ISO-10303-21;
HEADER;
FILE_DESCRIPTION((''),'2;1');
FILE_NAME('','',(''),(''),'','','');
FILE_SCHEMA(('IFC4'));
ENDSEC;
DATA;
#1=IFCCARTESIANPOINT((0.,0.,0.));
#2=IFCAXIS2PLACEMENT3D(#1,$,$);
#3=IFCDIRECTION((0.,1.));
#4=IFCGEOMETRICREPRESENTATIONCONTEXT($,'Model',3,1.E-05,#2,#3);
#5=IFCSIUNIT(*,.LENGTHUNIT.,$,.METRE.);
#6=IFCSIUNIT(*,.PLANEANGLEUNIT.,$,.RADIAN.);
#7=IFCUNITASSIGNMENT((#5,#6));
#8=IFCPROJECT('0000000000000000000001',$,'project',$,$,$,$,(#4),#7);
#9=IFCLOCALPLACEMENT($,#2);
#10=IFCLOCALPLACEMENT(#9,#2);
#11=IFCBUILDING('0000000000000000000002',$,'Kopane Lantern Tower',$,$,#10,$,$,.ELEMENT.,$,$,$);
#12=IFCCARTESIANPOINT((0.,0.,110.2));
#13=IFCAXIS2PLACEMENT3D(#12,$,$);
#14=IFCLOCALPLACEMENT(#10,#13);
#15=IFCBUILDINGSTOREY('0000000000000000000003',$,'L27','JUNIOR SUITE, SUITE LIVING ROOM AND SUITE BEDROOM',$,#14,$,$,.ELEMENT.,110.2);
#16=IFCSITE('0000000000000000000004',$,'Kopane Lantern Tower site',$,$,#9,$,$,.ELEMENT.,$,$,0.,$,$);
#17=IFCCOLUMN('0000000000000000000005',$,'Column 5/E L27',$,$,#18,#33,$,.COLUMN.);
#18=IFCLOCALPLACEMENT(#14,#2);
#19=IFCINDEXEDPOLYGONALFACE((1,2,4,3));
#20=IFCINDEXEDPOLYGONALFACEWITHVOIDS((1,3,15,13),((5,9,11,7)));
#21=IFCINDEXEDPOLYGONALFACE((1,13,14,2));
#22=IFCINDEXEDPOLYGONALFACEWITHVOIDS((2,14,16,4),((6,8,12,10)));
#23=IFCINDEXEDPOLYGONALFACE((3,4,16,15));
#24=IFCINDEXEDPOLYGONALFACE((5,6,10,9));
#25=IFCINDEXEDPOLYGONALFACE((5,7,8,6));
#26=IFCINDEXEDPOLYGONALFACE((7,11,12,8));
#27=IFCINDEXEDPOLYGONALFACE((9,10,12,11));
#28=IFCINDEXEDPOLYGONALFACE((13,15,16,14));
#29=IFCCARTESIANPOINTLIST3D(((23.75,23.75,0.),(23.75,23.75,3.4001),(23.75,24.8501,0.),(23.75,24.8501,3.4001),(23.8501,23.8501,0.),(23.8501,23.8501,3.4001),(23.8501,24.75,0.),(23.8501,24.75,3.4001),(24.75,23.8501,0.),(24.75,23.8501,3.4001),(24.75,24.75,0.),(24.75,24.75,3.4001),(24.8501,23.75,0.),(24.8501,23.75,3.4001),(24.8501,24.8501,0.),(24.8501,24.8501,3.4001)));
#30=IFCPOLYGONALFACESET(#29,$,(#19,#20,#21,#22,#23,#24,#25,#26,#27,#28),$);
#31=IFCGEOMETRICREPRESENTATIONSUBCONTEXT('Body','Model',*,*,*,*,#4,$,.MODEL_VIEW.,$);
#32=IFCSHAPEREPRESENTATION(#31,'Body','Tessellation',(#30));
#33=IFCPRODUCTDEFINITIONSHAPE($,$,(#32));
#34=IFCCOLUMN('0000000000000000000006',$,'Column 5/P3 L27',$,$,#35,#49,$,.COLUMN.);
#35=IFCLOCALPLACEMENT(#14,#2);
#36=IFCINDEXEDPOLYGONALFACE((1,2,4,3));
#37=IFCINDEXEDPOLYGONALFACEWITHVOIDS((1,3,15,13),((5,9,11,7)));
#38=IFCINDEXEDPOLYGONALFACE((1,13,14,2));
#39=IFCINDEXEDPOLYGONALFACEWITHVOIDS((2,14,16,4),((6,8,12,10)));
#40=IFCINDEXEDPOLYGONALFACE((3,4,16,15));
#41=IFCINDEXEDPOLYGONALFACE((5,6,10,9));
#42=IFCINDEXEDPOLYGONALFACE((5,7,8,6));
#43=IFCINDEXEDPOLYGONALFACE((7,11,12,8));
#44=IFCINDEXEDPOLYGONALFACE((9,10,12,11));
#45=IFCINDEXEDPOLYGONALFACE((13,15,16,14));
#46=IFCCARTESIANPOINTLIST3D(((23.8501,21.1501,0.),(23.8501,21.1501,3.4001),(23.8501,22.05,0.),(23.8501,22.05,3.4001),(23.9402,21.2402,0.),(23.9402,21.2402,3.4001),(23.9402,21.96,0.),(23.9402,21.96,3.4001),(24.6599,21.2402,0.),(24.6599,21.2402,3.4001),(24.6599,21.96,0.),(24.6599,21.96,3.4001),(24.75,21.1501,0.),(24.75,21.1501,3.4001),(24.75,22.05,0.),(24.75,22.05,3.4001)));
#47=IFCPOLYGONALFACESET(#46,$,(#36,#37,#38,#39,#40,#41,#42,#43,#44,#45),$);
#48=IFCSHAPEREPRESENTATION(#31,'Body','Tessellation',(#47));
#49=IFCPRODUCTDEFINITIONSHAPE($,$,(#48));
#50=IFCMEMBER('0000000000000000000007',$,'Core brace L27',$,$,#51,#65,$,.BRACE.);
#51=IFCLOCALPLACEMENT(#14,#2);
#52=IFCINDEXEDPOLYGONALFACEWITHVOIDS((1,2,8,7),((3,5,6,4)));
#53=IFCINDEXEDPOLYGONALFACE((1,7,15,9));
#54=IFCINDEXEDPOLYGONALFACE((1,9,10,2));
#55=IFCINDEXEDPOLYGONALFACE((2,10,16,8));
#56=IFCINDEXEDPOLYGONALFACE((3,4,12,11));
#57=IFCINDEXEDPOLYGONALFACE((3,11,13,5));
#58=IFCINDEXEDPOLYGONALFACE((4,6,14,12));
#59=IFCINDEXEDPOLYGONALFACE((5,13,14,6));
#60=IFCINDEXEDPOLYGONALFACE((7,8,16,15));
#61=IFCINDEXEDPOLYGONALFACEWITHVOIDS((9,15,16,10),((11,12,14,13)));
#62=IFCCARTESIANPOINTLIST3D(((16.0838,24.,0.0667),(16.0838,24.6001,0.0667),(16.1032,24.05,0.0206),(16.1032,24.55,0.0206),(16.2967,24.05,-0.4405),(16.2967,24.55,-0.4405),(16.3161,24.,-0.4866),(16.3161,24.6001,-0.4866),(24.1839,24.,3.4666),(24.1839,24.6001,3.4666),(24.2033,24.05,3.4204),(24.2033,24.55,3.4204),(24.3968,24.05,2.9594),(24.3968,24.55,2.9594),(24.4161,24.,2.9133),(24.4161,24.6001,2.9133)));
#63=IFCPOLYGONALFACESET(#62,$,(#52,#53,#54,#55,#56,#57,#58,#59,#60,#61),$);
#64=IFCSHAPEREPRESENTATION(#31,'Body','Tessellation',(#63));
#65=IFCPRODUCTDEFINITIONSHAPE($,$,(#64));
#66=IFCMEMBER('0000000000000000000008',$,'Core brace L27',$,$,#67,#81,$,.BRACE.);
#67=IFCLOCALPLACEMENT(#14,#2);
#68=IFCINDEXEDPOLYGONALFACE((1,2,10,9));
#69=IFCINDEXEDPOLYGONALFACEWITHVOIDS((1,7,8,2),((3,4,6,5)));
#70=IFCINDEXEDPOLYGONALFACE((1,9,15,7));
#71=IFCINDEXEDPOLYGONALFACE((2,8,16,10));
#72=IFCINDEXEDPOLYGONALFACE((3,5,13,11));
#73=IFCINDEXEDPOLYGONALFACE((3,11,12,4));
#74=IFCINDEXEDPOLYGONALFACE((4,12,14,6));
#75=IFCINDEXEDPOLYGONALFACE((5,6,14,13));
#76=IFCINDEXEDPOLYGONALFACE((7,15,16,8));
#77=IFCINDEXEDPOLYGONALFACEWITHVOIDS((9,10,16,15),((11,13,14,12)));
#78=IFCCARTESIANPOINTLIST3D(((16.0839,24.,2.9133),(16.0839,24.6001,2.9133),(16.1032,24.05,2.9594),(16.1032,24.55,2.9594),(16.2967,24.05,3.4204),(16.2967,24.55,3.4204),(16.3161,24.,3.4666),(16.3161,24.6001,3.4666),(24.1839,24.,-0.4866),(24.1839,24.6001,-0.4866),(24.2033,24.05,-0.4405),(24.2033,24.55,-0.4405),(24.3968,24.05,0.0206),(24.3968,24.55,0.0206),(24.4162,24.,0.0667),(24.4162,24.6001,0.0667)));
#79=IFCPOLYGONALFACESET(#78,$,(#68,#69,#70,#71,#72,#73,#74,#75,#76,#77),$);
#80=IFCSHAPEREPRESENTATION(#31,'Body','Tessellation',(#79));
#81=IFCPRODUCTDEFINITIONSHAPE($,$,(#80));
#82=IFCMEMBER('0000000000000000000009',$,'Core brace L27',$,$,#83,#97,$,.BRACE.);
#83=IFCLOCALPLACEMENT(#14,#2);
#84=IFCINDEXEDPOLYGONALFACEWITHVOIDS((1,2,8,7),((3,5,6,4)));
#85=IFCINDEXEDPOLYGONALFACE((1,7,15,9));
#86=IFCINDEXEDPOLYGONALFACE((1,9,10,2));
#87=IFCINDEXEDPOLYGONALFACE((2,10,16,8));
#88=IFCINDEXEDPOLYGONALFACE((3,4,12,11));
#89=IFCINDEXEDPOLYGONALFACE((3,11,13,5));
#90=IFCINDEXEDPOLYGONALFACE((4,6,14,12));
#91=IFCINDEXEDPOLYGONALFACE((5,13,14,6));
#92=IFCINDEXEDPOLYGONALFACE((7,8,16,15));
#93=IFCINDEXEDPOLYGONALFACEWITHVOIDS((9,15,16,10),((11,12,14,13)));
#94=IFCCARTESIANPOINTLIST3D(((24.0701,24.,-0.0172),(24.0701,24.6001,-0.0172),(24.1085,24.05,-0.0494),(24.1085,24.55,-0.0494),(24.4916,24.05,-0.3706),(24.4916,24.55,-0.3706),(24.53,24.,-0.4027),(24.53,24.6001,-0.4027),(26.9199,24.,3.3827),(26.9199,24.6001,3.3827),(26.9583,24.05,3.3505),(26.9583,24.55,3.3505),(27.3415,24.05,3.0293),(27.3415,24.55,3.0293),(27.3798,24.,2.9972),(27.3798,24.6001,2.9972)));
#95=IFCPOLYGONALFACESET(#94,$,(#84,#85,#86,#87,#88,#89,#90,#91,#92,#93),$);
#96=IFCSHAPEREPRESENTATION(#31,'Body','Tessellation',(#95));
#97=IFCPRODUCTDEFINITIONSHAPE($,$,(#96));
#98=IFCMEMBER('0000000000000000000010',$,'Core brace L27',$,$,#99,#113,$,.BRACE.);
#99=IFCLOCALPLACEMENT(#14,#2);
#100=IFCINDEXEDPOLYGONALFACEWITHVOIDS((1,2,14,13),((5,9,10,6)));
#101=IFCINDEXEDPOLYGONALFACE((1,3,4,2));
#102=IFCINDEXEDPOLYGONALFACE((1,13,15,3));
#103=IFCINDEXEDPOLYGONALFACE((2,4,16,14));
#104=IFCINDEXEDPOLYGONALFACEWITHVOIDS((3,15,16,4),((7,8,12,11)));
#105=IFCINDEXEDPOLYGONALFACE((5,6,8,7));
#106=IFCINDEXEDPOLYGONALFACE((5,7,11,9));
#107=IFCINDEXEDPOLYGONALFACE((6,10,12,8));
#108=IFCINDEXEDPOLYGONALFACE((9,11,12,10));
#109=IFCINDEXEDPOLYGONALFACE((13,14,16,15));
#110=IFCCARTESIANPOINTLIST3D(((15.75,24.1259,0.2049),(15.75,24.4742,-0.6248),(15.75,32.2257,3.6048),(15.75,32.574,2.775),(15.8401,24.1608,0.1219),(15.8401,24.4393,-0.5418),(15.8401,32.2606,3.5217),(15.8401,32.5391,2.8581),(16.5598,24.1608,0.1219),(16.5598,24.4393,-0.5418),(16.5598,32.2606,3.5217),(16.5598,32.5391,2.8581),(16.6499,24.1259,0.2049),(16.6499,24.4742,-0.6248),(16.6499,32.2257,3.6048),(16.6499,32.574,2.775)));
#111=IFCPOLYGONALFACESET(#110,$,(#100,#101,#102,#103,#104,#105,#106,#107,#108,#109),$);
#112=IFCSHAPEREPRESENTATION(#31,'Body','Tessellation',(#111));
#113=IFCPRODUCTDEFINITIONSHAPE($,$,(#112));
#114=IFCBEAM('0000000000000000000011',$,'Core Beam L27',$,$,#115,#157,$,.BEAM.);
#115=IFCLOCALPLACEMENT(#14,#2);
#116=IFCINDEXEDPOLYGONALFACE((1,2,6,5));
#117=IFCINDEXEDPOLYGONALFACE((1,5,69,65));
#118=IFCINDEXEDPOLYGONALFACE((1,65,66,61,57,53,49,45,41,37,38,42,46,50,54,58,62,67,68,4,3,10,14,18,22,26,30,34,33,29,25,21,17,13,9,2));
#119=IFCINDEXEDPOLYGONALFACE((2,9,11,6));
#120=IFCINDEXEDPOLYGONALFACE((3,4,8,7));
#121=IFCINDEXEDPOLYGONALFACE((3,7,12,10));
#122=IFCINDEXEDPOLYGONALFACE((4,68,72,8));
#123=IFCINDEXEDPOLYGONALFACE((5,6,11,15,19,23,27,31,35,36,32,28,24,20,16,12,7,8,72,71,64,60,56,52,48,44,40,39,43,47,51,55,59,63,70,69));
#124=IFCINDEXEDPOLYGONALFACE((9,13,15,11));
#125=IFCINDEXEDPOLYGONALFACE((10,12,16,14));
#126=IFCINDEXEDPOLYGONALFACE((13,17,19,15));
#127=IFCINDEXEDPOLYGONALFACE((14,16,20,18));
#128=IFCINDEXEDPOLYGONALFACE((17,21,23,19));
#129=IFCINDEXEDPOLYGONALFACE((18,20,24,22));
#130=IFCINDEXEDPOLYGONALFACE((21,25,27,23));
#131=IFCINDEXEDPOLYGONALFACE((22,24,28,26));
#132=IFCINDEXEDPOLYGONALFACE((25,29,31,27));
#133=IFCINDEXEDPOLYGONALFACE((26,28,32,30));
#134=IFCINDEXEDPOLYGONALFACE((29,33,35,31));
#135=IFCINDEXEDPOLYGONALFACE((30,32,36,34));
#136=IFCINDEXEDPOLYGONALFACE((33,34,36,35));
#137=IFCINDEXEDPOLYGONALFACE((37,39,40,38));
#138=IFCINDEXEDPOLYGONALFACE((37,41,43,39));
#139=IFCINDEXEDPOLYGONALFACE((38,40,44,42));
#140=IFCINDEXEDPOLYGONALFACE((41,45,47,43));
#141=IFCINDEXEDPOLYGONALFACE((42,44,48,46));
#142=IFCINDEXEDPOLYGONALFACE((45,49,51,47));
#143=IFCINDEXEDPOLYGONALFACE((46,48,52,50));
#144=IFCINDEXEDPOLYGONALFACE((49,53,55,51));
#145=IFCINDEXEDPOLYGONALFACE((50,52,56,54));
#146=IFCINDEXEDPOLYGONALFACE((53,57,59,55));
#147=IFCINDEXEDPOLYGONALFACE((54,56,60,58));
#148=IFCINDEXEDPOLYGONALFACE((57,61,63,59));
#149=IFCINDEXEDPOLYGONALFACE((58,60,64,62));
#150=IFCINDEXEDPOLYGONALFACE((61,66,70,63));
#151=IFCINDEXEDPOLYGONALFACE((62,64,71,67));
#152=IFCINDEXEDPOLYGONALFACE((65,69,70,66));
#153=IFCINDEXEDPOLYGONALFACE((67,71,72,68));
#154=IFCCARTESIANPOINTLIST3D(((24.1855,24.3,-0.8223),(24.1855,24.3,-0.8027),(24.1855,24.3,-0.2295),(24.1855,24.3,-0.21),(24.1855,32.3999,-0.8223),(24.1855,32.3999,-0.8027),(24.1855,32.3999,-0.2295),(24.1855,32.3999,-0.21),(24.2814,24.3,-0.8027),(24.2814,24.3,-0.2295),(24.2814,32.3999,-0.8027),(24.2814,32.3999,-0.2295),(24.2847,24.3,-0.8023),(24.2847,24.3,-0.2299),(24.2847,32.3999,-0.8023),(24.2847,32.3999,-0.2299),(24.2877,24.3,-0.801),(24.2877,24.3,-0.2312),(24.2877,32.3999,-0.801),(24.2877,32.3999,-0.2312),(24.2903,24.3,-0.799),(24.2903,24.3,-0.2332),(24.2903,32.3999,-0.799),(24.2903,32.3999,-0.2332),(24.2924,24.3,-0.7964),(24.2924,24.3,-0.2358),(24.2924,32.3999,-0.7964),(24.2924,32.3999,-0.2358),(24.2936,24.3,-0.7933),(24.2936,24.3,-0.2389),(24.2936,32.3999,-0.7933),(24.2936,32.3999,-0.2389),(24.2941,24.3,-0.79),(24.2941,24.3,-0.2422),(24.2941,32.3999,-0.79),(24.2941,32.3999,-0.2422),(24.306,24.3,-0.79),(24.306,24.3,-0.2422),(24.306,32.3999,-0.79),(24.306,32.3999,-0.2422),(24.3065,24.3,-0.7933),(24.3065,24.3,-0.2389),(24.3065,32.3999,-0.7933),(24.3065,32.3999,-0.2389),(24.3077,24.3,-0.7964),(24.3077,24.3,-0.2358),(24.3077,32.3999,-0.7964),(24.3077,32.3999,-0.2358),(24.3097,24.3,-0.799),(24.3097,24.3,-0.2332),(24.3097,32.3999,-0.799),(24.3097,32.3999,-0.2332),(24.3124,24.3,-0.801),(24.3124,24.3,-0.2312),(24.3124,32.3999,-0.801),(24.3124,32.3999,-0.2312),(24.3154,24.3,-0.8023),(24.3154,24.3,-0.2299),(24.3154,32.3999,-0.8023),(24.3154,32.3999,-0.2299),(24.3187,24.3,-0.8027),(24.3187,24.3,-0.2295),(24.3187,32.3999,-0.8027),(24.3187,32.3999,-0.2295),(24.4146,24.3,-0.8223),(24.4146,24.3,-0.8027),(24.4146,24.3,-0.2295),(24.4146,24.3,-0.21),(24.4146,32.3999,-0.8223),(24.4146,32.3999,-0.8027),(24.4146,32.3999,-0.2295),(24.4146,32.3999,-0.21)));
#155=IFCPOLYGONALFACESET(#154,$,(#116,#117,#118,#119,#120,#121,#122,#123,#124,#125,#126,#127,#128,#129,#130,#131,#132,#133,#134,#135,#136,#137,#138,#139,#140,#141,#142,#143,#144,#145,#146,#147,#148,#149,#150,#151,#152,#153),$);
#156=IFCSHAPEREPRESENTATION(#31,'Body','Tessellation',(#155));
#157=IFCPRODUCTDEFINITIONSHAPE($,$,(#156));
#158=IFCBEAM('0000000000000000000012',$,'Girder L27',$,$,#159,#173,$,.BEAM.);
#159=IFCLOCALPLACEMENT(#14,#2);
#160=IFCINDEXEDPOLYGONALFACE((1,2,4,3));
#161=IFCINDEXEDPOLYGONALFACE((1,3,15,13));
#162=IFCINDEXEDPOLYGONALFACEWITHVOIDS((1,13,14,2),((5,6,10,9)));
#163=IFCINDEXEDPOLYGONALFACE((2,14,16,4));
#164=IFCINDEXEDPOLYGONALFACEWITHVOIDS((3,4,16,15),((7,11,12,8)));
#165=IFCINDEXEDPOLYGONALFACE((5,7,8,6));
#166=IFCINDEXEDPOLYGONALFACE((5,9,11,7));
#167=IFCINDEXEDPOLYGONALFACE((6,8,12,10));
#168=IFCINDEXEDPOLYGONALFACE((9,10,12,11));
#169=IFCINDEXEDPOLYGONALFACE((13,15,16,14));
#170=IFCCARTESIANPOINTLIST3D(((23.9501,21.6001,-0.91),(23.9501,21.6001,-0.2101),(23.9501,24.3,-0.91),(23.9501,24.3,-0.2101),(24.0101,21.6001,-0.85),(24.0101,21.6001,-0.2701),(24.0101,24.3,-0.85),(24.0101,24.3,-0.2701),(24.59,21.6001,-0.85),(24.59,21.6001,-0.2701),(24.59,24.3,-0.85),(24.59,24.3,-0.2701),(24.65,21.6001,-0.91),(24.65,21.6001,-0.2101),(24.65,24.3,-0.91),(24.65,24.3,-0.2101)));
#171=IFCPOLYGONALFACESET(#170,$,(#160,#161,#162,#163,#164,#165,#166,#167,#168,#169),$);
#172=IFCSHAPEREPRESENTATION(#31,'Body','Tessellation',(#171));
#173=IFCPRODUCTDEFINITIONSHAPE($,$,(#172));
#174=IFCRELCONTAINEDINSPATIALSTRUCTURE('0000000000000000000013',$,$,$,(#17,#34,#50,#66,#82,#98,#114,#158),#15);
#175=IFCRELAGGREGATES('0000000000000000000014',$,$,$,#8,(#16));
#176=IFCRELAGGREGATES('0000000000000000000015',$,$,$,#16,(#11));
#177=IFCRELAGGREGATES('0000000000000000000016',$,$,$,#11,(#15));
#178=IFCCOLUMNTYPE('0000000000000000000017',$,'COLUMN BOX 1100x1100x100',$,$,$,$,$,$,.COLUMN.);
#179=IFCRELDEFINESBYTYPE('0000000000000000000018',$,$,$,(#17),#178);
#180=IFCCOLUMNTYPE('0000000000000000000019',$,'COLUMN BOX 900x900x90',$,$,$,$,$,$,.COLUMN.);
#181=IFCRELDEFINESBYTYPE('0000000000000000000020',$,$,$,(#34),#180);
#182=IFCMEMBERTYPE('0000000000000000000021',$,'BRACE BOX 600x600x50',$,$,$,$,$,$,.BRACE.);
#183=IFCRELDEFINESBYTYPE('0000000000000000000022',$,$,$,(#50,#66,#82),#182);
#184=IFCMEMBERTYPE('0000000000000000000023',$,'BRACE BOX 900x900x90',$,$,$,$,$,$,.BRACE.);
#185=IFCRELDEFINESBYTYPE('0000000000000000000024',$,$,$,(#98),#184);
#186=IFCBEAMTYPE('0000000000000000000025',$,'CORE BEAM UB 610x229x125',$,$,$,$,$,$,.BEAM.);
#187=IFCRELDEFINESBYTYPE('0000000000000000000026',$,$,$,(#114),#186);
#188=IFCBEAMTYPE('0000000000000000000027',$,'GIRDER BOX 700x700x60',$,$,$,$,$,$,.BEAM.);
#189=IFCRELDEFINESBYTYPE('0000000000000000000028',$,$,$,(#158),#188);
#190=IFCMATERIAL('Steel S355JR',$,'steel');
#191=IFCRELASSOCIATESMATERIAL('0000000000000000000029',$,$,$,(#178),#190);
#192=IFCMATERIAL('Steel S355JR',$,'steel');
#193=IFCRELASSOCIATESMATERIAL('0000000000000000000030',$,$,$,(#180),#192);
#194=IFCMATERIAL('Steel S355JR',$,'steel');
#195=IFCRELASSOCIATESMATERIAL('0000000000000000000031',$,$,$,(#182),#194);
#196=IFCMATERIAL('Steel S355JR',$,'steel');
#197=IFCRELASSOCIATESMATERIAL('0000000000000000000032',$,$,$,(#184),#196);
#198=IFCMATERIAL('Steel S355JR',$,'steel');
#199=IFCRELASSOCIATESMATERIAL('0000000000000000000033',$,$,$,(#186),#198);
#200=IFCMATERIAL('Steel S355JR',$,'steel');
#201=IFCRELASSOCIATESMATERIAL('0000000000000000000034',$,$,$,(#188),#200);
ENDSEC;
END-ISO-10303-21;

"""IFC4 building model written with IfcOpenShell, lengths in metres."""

from ifc_helpers import new_model, si_unit, direction, frame, origin, origin_2d, place, context, subcontext, project, spatial, hollow_rectangle, i_section, extrude, material, material_profile, profile_set, type_object, element, save


model = new_model("IFC4")

# Units and contexts
model_context = context("Model", 3, precision=1e-05, world=origin(), true_north=direction((0.0, 1.0)))
body_context = subcontext(model_context, "Body", "Model", "MODEL_VIEW")
ifc_project = project(units=[si_unit("LENGTHUNIT", "METRE"), si_unit("PLANEANGLEUNIT", "RADIAN")], contexts=[model_context])

# Site, building, storey
site_placement = place(None, origin())
site = spatial("IfcSite", under=ifc_project, at=site_placement, Name="Kopane Lantern Tower site", CompositionType="ELEMENT", RefElevation=0.0)
building_placement = place(site_placement, origin())
building = spatial("IfcBuilding", under=site, at=building_placement, Name="Kopane Lantern Tower", CompositionType="ELEMENT")
storey_placement = place(building_placement, frame((0.0, 0.0, 110.2)))
storey = spatial("IfcBuildingStorey", under=building, at=storey_placement, Name="L27", Description="JUNIOR SUITE, SUITE LIVING ROOM AND SUITE BEDROOM", CompositionType="ELEMENT", Elevation=110.2)

# Columns
ifc_material_1 = material(Name="Steel S355JR", Category="steel")
ifc_material_profile_1 = material_profile(ifc_material_1, hollow_rectangle(XDim=1.1001, YDim=1.1001, WallThickness=0.1001, at=origin_2d()), Name="BOX 1100x1100x100")
ifc_profile_set_1 = profile_set([ifc_material_profile_1], Name="Steel S355JR")
column_type_1 = type_object("IfcColumnType", Name="COLUMN BOX 1100x1100x100", PredefinedType="COLUMN", material=ifc_profile_set_1)
column_1_placement = place(storey_placement, frame((24.3, 24.3, 0.0), z_axis=(0.0, 0.0, 1.0), x_axis=(1.0, 0.0, 0.0)))
element("IfcColumn", 1, at=column_1_placement, inside=storey, type_object=column_type_1, Name="Column 5/E L27", PredefinedType="COLUMN", context=body_context, shape_type="SweptSolid", body=[
    extrude(hollow_rectangle(XDim=1.1001, YDim=1.1001, WallThickness=0.1001, at=origin_2d()), origin(), (0.0, 0.0, 1.0), 3.4001),
])
ifc_material_2 = material(Name="Steel S355JR", Category="steel")
ifc_material_profile_2 = material_profile(ifc_material_2, hollow_rectangle(XDim=0.8999, YDim=0.8999, WallThickness=0.0901, at=origin_2d()), Name="BOX 900x900x90")
ifc_profile_set_2 = profile_set([ifc_material_profile_2], Name="Steel S355JR")
column_type_2 = type_object("IfcColumnType", Name="COLUMN BOX 900x900x90", PredefinedType="COLUMN", material=ifc_profile_set_2)
column_2_placement = place(storey_placement, frame((24.3, 21.6001, 0.0), z_axis=(0.0, 0.0, 1.0), x_axis=(1.0, 0.0, 0.0)))
element("IfcColumn", 2, at=column_2_placement, inside=storey, type_object=column_type_2, Name="Column 5/P3 L27", PredefinedType="COLUMN", context=body_context, shape_type="SweptSolid", body=[
    extrude(hollow_rectangle(XDim=0.8999, YDim=0.8999, WallThickness=0.0901, at=origin_2d()), origin(), (0.0, 0.0, 1.0), 3.4001),
])

# Members
ifc_material_3 = material(Name="Steel S355JR", Category="steel")
ifc_material_profile_3 = material_profile(ifc_material_3, hollow_rectangle(XDim=0.6001, YDim=0.6001, WallThickness=0.05, at=origin_2d()), Name="BOX 600x600x50")
ifc_profile_set_3 = profile_set([ifc_material_profile_3], Name="Steel S355JR")
member_type_1 = type_object("IfcMemberType", Name="BRACE BOX 600x600x50", PredefinedType="BRACE", material=ifc_profile_set_3)
for number, where, z_axis, x_axis, name in (
    (3, (16.2, 24.3, -0.21), (0.922069, 0.0, 0.387026), (0.0, 1.0, 0.0), "Core brace L27"),
    (4, (24.3, 24.3, -0.21), (-0.922069, 0.0, 0.387026), (0.0, -1.0, 0.0), "Core brace L27"),
):
    element("IfcMember", number, at=place(storey_placement, frame(where, z_axis=z_axis, x_axis=x_axis)), inside=storey, type_object=member_type_1, Name=name, PredefinedType="BRACE", context=body_context, shape_type="SweptSolid", body=[
        extrude(hollow_rectangle(XDim=0.6001, YDim=0.6001, WallThickness=0.05, at=origin_2d()), origin(), (0.0, 0.0, 1.0), 8.7847),
    ])
member_1_placement = place(storey_placement, frame((24.3, 24.3, -0.21), z_axis=(0.64239, 0.0, 0.766378), x_axis=(0.0, 1.0, 0.0)))
element("IfcMember", 5, at=member_1_placement, inside=storey, type_object=member_type_1, Name="Core brace L27", PredefinedType="BRACE", context=body_context, shape_type="SweptSolid", body=[
    extrude(hollow_rectangle(XDim=0.6001, YDim=0.6001, WallThickness=0.05, at=origin_2d()), origin(), (0.0, 0.0, 1.0), 4.4363),
])
ifc_material_4 = material(Name="Steel S355JR", Category="steel")
ifc_material_profile_4 = material_profile(ifc_material_4, hollow_rectangle(XDim=0.8999, YDim=0.8999, WallThickness=0.0901, at=origin_2d()), Name="BOX 900x900x90")
ifc_profile_set_4 = profile_set([ifc_material_profile_4], Name="Steel S355JR")
member_type_2 = type_object("IfcMemberType", Name="BRACE BOX 900x900x90", PredefinedType="BRACE", material=ifc_profile_set_4)
member_2_placement = place(storey_placement, frame((16.2, 24.3, -0.21), z_axis=(0.0, 0.922065, 0.387035), x_axis=(-1.0, 0.0, 0.0)))
element("IfcMember", 6, at=member_2_placement, inside=storey, type_object=member_type_2, Name="Core brace L27", PredefinedType="BRACE", context=body_context, shape_type="SweptSolid", body=[
    extrude(hollow_rectangle(XDim=0.8999, YDim=0.8999, WallThickness=0.0901, at=origin_2d()), origin(), (0.0, 0.0, 1.0), 8.7844),
])

# Beams
ifc_material_5 = material(Name="Steel S355JR", Category="steel")
ifc_material_profile_5 = material_profile(ifc_material_5, i_section(OverallWidth=0.229, OverallDepth=0.6123, WebThickness=0.012, FlangeThickness=0.0195, FilletRadius=0.0127, at=origin_2d()), Name="UB 610x229x125")
ifc_profile_set_5 = profile_set([ifc_material_profile_5], Name="Steel S355JR")
beam_type_1 = type_object("IfcBeamType", Name="CORE BEAM UB 610x229x125", PredefinedType="BEAM", material=ifc_profile_set_5)
beam_1_placement = place(storey_placement, frame((24.3, 24.3, -0.5161), z_axis=(0.0, 1.0, 0.0), x_axis=(-1.0, 0.0, 0.0)))
element("IfcBeam", 7, at=beam_1_placement, inside=storey, type_object=beam_type_1, Name="Core Beam L27", PredefinedType="BEAM", context=body_context, shape_type="SweptSolid", body=[
    extrude(i_section(OverallWidth=0.229, OverallDepth=0.6123, WebThickness=0.012, FlangeThickness=0.0195, FilletRadius=0.0127, at=origin_2d()), origin(), (0.0, 0.0, 1.0), 8.0999),
])
ifc_material_6 = material(Name="Steel S355JR", Category="steel")
ifc_material_profile_6 = material_profile(ifc_material_6, hollow_rectangle(XDim=0.7, YDim=0.7, WallThickness=0.0601, at=origin_2d()), Name="BOX 700x700x60")
ifc_profile_set_6 = profile_set([ifc_material_profile_6], Name="Steel S355JR")
beam_type_2 = type_object("IfcBeamType", Name="GIRDER BOX 700x700x60", PredefinedType="BEAM", material=ifc_profile_set_6)
beam_2_placement = place(storey_placement, frame((24.3, 21.6001, -0.5601), z_axis=(0.0, 1.0, 0.0), x_axis=(-1.0, 0.0, 0.0)))
element("IfcBeam", 8, at=beam_2_placement, inside=storey, type_object=beam_type_2, Name="Girder L27", PredefinedType="BEAM", context=body_context, shape_type="SweptSolid", body=[
    extrude(hollow_rectangle(XDim=0.7, YDim=0.7, WallThickness=0.0601, at=origin_2d()), origin(), (0.0, 0.0, 1.0), 2.7),
])

save(model, "model.ifc")
